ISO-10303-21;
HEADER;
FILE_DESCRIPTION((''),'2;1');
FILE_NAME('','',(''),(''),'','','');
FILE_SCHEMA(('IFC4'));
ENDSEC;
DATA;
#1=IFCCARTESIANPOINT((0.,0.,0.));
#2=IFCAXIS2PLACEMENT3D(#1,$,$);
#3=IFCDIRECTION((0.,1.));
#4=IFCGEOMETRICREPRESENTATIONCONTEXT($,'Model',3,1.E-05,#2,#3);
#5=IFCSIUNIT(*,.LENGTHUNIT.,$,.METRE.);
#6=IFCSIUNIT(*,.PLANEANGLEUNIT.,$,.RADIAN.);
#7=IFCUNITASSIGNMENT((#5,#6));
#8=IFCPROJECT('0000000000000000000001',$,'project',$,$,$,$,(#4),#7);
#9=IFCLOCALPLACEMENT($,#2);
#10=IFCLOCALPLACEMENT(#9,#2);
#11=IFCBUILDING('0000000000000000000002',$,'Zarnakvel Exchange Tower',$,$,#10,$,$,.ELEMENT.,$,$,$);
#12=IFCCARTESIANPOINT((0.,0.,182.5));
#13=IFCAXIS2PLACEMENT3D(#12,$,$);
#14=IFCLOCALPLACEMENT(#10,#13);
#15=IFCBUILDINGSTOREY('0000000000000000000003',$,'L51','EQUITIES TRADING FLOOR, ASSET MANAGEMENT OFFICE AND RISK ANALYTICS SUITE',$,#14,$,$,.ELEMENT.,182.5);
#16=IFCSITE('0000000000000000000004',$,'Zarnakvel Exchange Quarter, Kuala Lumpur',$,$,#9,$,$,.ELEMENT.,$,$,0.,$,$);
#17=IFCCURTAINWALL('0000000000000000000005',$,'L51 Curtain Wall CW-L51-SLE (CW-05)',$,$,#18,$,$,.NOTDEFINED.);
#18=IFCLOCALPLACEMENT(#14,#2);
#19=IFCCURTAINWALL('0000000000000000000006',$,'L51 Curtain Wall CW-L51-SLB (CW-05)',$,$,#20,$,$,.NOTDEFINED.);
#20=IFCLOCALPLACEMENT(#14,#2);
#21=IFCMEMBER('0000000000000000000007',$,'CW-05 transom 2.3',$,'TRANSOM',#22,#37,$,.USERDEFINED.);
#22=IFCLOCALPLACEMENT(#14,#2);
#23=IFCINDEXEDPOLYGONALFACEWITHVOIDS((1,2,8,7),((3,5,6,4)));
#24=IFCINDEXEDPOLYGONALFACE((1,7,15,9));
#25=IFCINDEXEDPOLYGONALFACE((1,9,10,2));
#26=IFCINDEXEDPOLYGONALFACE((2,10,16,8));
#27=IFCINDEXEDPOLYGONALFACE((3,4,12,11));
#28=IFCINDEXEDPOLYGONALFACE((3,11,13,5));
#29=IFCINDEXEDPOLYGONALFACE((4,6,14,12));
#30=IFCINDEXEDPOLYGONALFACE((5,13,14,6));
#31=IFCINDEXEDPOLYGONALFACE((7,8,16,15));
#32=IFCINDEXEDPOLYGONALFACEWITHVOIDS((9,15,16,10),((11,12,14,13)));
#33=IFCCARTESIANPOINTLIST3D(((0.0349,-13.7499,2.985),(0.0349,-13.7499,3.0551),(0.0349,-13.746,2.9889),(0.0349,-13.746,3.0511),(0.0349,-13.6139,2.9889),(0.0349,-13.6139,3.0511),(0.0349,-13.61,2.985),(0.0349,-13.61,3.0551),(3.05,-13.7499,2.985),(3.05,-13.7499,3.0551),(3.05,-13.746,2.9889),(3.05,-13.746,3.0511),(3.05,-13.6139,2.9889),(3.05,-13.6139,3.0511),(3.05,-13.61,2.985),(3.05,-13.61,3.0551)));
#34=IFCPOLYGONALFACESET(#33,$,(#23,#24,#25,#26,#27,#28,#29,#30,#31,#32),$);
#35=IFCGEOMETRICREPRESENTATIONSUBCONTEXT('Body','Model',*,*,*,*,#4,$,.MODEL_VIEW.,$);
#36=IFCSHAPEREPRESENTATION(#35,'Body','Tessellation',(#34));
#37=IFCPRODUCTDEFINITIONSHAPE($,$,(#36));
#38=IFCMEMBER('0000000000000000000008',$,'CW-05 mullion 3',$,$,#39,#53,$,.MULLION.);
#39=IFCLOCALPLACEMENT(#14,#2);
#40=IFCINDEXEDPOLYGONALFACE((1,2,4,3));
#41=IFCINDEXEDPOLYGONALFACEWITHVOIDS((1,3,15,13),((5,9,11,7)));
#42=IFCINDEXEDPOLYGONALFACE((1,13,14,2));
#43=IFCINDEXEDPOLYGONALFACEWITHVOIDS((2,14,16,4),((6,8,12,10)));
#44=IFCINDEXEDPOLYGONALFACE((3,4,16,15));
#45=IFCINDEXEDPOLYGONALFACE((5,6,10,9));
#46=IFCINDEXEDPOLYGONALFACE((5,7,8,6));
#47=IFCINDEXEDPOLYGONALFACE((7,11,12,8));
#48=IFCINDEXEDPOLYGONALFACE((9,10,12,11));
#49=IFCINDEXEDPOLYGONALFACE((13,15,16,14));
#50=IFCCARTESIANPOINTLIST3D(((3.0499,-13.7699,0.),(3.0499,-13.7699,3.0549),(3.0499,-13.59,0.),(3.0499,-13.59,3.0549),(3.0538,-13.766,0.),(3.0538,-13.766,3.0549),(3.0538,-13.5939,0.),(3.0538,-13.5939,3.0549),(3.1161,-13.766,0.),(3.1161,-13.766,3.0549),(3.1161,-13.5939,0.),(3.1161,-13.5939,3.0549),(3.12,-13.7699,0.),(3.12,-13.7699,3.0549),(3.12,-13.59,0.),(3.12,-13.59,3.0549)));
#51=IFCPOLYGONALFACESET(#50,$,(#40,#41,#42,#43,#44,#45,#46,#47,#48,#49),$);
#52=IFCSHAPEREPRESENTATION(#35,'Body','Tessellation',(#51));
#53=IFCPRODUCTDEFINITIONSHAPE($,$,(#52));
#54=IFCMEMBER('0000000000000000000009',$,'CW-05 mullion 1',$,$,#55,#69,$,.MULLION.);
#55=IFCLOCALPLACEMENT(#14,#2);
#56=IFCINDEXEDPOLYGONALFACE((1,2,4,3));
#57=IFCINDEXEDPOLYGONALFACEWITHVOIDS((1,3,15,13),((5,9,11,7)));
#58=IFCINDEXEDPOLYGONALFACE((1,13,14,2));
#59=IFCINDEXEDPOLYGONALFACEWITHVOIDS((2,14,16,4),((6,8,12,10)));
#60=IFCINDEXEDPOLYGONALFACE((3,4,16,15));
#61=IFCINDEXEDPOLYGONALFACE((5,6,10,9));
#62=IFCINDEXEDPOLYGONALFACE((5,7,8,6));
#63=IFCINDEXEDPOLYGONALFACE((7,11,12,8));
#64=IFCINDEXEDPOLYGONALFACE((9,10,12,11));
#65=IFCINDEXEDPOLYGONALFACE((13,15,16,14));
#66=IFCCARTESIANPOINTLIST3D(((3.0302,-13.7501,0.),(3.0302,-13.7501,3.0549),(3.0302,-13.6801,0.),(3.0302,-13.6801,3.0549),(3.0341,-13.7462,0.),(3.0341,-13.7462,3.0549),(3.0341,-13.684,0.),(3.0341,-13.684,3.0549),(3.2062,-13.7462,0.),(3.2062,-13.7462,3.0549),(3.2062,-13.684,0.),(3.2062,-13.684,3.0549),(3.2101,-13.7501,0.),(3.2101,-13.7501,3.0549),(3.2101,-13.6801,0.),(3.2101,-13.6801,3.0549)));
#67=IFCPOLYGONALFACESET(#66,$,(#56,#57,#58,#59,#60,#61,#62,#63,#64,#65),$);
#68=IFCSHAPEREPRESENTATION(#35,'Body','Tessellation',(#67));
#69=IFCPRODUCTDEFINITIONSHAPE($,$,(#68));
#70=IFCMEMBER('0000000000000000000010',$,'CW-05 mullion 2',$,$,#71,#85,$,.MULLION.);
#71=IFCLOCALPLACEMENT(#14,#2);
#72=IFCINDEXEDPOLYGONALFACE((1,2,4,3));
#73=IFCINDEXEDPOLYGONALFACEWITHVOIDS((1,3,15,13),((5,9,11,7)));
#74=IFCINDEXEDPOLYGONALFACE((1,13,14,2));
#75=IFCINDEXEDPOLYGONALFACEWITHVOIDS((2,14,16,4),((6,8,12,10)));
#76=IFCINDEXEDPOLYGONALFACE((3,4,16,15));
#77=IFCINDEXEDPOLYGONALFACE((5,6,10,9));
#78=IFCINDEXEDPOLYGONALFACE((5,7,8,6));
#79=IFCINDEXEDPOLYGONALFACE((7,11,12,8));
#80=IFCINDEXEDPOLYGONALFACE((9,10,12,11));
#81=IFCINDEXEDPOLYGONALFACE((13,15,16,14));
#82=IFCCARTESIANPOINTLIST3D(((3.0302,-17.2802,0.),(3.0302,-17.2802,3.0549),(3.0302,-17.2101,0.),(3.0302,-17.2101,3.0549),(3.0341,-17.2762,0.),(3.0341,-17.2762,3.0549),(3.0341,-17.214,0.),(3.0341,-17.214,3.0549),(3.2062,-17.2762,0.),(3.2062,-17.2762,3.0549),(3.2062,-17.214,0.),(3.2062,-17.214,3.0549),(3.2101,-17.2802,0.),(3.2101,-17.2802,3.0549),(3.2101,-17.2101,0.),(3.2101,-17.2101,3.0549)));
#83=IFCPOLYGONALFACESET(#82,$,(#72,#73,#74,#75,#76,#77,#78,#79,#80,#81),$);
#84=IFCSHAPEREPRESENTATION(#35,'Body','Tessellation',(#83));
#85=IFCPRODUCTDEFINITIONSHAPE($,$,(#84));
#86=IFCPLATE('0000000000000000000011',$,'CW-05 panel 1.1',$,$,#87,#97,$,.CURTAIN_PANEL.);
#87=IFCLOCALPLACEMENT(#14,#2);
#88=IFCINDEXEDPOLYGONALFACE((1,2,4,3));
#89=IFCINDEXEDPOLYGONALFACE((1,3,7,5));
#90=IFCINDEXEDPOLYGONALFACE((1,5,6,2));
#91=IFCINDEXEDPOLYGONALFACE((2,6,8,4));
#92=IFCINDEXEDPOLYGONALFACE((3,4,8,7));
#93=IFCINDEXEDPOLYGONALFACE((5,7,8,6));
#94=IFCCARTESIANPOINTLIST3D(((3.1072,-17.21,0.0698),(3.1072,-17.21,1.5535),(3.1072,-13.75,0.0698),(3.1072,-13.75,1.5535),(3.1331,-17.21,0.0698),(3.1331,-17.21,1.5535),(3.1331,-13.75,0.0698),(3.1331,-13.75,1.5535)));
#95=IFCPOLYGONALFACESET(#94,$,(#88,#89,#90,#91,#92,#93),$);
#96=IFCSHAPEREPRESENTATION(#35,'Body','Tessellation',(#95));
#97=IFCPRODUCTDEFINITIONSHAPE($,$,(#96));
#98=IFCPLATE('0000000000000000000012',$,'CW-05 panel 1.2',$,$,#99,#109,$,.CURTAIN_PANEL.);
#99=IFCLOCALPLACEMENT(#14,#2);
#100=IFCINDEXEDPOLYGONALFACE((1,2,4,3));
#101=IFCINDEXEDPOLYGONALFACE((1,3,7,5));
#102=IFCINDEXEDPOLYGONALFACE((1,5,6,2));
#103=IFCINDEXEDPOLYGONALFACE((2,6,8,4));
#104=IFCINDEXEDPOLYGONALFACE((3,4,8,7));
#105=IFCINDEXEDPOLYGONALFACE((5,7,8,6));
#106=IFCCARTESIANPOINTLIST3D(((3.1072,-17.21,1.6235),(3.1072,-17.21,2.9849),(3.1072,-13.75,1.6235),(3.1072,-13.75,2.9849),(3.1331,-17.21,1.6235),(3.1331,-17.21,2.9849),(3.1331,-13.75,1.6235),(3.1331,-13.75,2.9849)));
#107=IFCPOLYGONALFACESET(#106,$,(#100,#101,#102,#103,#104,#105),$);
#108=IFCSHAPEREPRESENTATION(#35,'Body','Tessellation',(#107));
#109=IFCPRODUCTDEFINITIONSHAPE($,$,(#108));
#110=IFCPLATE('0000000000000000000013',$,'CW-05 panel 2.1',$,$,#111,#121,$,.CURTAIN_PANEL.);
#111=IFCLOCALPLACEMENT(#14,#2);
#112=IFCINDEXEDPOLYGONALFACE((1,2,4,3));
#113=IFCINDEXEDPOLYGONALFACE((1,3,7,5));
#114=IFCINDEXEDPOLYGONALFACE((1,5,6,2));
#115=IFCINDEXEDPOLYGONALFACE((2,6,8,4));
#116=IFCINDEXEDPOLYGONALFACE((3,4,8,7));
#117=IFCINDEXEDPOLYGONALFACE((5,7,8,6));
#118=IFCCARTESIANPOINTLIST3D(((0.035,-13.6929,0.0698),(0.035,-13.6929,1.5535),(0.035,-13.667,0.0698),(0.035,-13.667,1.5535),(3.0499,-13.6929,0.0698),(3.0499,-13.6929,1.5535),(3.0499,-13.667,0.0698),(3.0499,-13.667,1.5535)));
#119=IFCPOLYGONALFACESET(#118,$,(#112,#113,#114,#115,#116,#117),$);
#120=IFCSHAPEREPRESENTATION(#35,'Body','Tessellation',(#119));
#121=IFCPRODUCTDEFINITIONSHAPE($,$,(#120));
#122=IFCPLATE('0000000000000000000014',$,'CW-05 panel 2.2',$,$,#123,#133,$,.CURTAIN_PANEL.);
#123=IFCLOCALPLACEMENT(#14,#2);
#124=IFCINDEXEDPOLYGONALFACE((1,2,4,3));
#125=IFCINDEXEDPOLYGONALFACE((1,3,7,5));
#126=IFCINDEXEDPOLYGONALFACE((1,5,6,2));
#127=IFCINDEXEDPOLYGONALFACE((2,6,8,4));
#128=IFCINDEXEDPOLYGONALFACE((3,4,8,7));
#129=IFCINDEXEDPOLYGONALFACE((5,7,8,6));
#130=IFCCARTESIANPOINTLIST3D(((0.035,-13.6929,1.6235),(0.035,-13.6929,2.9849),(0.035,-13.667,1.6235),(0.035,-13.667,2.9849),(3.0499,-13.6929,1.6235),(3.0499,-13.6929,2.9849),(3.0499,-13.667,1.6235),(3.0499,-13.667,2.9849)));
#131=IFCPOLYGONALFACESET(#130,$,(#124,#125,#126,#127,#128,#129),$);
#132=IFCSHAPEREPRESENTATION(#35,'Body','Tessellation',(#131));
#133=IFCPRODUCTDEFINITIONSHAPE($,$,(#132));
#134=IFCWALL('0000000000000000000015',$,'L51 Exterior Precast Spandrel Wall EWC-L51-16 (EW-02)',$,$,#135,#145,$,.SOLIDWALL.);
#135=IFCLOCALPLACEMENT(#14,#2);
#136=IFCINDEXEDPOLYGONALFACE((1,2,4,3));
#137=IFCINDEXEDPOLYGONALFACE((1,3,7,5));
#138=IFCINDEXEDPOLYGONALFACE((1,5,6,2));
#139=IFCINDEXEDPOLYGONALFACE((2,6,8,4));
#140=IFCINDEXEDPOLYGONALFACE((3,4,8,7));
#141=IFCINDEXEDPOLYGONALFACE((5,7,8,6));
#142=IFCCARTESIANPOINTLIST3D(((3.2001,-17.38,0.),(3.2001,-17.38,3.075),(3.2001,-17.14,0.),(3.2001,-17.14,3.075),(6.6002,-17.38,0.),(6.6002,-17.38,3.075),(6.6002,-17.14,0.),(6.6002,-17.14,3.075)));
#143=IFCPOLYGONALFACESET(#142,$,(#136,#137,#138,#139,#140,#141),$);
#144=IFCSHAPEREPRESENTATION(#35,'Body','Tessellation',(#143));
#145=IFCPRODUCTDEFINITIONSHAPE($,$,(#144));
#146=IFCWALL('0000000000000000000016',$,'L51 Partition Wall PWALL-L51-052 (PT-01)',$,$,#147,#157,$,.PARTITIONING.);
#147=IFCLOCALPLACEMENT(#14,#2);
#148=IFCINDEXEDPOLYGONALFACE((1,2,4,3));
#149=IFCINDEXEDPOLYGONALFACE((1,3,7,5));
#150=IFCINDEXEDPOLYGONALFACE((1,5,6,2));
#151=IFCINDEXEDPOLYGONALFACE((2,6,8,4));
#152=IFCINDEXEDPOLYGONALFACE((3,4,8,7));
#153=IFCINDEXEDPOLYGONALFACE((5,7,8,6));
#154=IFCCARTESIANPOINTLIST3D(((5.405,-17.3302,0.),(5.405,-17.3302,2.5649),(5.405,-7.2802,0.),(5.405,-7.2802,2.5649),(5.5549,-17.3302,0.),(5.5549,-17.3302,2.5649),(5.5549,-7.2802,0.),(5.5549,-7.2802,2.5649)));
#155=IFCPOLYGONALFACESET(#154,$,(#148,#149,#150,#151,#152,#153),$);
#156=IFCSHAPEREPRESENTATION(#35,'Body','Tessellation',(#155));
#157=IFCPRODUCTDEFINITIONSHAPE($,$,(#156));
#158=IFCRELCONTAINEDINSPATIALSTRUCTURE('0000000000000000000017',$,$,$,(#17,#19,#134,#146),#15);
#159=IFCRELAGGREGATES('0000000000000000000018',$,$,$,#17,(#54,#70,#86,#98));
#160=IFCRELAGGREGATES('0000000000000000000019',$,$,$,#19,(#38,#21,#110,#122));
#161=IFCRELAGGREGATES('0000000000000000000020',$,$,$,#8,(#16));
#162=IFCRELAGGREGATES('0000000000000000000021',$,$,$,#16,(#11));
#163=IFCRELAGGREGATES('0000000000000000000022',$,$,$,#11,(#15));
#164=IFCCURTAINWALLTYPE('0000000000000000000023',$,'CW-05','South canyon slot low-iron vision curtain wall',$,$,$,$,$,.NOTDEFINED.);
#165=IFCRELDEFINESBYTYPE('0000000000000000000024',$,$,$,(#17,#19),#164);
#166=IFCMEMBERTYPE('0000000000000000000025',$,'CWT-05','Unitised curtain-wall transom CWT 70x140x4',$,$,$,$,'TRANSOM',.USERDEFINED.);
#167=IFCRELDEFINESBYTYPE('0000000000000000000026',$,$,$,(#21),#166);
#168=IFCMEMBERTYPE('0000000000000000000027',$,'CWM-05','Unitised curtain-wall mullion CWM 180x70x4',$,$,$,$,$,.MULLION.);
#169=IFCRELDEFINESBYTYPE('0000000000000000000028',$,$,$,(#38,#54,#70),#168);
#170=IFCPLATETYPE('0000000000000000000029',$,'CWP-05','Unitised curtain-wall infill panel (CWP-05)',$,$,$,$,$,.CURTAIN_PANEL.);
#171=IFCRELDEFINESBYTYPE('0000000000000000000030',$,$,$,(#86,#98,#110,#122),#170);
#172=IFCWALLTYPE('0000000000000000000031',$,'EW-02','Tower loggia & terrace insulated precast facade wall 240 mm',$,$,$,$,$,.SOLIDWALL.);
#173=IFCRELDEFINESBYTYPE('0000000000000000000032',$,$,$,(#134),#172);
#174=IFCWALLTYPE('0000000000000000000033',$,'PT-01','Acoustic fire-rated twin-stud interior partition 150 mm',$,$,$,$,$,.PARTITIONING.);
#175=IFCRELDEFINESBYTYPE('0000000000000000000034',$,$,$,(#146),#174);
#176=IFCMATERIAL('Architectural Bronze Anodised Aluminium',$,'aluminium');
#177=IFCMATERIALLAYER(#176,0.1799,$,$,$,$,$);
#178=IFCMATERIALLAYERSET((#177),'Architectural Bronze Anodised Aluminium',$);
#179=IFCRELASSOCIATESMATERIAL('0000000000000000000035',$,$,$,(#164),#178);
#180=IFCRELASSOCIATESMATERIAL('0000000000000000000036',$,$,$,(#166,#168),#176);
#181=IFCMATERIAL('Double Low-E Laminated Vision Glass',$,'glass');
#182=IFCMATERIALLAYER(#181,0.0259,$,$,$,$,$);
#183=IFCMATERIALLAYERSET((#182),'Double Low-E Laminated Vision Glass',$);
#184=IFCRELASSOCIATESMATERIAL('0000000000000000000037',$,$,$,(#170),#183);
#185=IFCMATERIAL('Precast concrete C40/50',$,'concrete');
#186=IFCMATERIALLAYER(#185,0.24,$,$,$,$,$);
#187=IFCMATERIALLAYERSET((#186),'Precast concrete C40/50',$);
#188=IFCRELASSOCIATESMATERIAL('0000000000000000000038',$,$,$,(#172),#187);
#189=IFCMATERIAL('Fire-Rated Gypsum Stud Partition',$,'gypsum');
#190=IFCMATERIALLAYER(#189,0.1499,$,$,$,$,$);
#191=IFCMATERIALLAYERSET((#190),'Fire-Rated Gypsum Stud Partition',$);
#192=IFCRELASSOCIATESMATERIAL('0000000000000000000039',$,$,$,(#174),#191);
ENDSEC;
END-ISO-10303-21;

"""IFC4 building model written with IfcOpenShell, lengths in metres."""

from ifc_helpers import new_model, si_unit, direction, frame, frame_2d, origin, origin_2d, place, context, subcontext, project, spatial, rectangle, hollow_rectangle, extrude, source, transform, mapped, material, layer, layer_set, material_profile, profile_set, type_object, element, aggregate, save


model = new_model("IFC4")

# Units and contexts
model_context = context("Model", 3, precision=1e-05, world=origin(), true_north=direction((0.0, 1.0)))
body_context = subcontext(model_context, "Body", "Model", "MODEL_VIEW")
ifc_project = project(units=[si_unit("LENGTHUNIT", "METRE"), si_unit("PLANEANGLEUNIT", "RADIAN")], contexts=[model_context])

# Site, building, storey
site_placement = place(None, origin())
site = spatial("IfcSite", under=ifc_project, at=site_placement, Name="Zarnakvel Exchange Quarter, Kuala Lumpur", CompositionType="ELEMENT", RefElevation=0.0)
building_placement = place(site_placement, origin())
building = spatial("IfcBuilding", under=site, at=building_placement, Name="Zarnakvel Exchange Tower", CompositionType="ELEMENT")
storey_placement = place(building_placement, frame((0.0, 0.0, 182.5)))
storey = spatial("IfcBuildingStorey", under=building, at=storey_placement, Name="L51", Description="EQUITIES TRADING FLOOR, ASSET MANAGEMENT OFFICE AND RISK ANALYTICS SUITE", CompositionType="ELEMENT", Elevation=182.5)

# Curtain walls, members
ifc_material_1 = material(Name="Architectural Bronze Anodised Aluminium", Category="aluminium")
ifc_layer_1 = layer(ifc_material_1, 0.1799)
ifc_layer_set_1 = layer_set([ifc_layer_1], Name="Architectural Bronze Anodised Aluminium")
curtain_wall_type = type_object("IfcCurtainWallType", Name="CW-05", Description="South canyon slot low-iron vision curtain wall", PredefinedType="NOTDEFINED", material=ifc_layer_set_1)
curtain_wall_1_placement = place(storey_placement, origin())
curtain_wall_1 = element("IfcCurtainWall", 1, at=curtain_wall_1_placement, inside=storey, type_object=curtain_wall_type, Name="L51 Curtain Wall CW-L51-SLE (CW-05)", PredefinedType="NOTDEFINED")
ifc_material_profile_1 = material_profile(ifc_material_1, hollow_rectangle(XDim=0.1399, YDim=0.0701, WallThickness=0.0039, at=origin_2d()))
ifc_profile_set_1 = profile_set([ifc_material_profile_1], Name="Architectural Bronze Anodised Aluminium")
member_type_1 = type_object("IfcMemberType", Name="CWT-05", Description="Unitised curtain-wall transom CWT 70x140x4", ElementType="TRANSOM", PredefinedType="USERDEFINED", material=ifc_profile_set_1)
curtain_wall_2_placement = place(storey_placement, origin())
curtain_wall_2 = element("IfcCurtainWall", 2, at=curtain_wall_2_placement, inside=storey, type_object=curtain_wall_type, Name="L51 Curtain Wall CW-L51-SLB (CW-05)", PredefinedType="NOTDEFINED")
shared_shape_1 = source(origin(), body_context, "Body", "SweptSolid", [
    extrude(hollow_rectangle(XDim=0.1399, YDim=0.0701, WallThickness=0.0039, at=origin_2d()), origin(), (0.0, 0.0, 1.0), 3.0151),
])
member_1_placement = place(storey_placement, frame((0.0349, -13.6799, 3.02), z_axis=(1.0, 0.0, 0.0), x_axis=(0.0, 1.0, 0.0)))
member_1 = element("IfcMember", 3, at=member_1_placement, type_object=member_type_1, Name="CW-05 transom 2.3", ObjectType="TRANSOM", PredefinedType="USERDEFINED", context=body_context, shape_type="MappedRepresentation", body=[
    mapped(shared_shape_1, transform((0.0, 0.0, 0.0), x_axis=(1.0, 0.0, 0.0), y_axis=(0.0, 1.0, 0.0), z_axis=(0.0, 0.0, 1.0), scale=1.0)),
])
ifc_material_profile_2 = material_profile(ifc_material_1, hollow_rectangle(XDim=0.1799, YDim=0.0701, WallThickness=0.0039, at=origin_2d()))
ifc_profile_set_2 = profile_set([ifc_material_profile_2], Name="Architectural Bronze Anodised Aluminium")
member_type_2 = type_object("IfcMemberType", Name="CWM-05", Description="Unitised curtain-wall mullion CWM 180x70x4", PredefinedType="MULLION", material=ifc_profile_set_2)
shared_shape_2 = source(origin(), body_context, "Body", "SweptSolid", [
    extrude(hollow_rectangle(XDim=0.1799, YDim=0.0701, WallThickness=0.0039, at=origin_2d()), origin(), (0.0, 0.0, 1.0), 3.0549),
])
member_2_placement = place(storey_placement, frame((3.085, -13.6799, 0.0), z_axis=(0.0, 0.0, 1.0), x_axis=(0.0, 1.0, 0.0)))
member_2 = element("IfcMember", 4, at=member_2_placement, type_object=member_type_2, Name="CW-05 mullion 3", PredefinedType="MULLION", context=body_context, shape_type="MappedRepresentation", body=[
    mapped(shared_shape_2, transform((0.0, 0.0, 0.0), x_axis=(1.0, 0.0, 0.0), y_axis=(0.0, 1.0, 0.0), z_axis=(0.0, 0.0, 1.0), scale=1.0)),
])

# Members
member_3_placement = place(storey_placement, frame((3.1201, -13.7151, 0.0), z_axis=(0.0, 0.0, 1.0), x_axis=(1.0, 0.0, 0.0)))
member_3 = element("IfcMember", 5, at=member_3_placement, type_object=member_type_2, Name="CW-05 mullion 1", PredefinedType="MULLION", context=body_context, shape_type="MappedRepresentation", body=[
    mapped(shared_shape_2, transform((0.0, 0.0, 0.0), x_axis=(1.0, 0.0, 0.0), y_axis=(0.0, 1.0, 0.0), z_axis=(0.0, 0.0, 1.0), scale=1.0)),
])
member_4_placement = place(storey_placement, frame((3.1201, -17.2451, 0.0), z_axis=(0.0, 0.0, 1.0), x_axis=(1.0, 0.0, 0.0)))
member_4 = element("IfcMember", 6, at=member_4_placement, type_object=member_type_2, Name="CW-05 mullion 2", PredefinedType="MULLION", context=body_context, shape_type="MappedRepresentation", body=[
    mapped(shared_shape_2, transform((0.0, 0.0, 0.0), x_axis=(1.0, 0.0, 0.0), y_axis=(0.0, 1.0, 0.0), z_axis=(0.0, 0.0, 1.0), scale=1.0)),
])

# Plates
ifc_material_2 = material(Name="Double Low-E Laminated Vision Glass", Category="glass")
ifc_layer_2 = layer(ifc_material_2, 0.0259)
ifc_layer_set_2 = layer_set([ifc_layer_2], Name="Double Low-E Laminated Vision Glass")
plate_type = type_object("IfcPlateType", Name="CWP-05", Description="Unitised curtain-wall infill panel (CWP-05)", PredefinedType="CURTAIN_PANEL", material=ifc_layer_set_2)
shared_shape_3 = source(origin(), body_context, "Body", "SweptSolid", [
    extrude(rectangle(XDim=3.46, YDim=0.0259, at=origin_2d()), origin(), (0.0, 0.0, 1.0), 1.4836),
])
plate_1_placement = place(storey_placement, frame((3.1201, -15.48, 0.0698), z_axis=(0.0, 0.0, 1.0), x_axis=(0.0, -1.0, 0.0)))
plate_1 = element("IfcPlate", 7, at=plate_1_placement, type_object=plate_type, Name="CW-05 panel 1.1", PredefinedType="CURTAIN_PANEL", context=body_context, shape_type="MappedRepresentation", body=[
    mapped(shared_shape_3, transform((0.0, 0.0, 0.0), x_axis=(1.0, 0.0, 0.0), y_axis=(0.0, 1.0, 0.0), z_axis=(0.0, 0.0, 1.0), scale=1.0)),
])
shared_shape_4 = source(origin(), body_context, "Body", "SweptSolid", [
    extrude(rectangle(XDim=3.46, YDim=0.0259, at=origin_2d()), origin(), (0.0, 0.0, 1.0), 1.3613),
])
plate_2_placement = place(storey_placement, frame((3.1201, -15.48, 1.6235), z_axis=(0.0, 0.0, 1.0), x_axis=(0.0, -1.0, 0.0)))
plate_2 = element("IfcPlate", 8, at=plate_2_placement, type_object=plate_type, Name="CW-05 panel 1.2", PredefinedType="CURTAIN_PANEL", context=body_context, shape_type="MappedRepresentation", body=[
    mapped(shared_shape_4, transform((0.0, 0.0, 0.0), x_axis=(1.0, 0.0, 0.0), y_axis=(0.0, 1.0, 0.0), z_axis=(0.0, 0.0, 1.0), scale=1.0)),
])
aggregate(curtain_wall_1, [member_3, member_4, plate_1, plate_2])
shared_shape_5 = source(origin(), body_context, "Body", "SweptSolid", [
    extrude(rectangle(XDim=3.0149, YDim=0.0259, at=origin_2d()), origin(), (0.0, 0.0, 1.0), 1.4836),
])
plate_3_placement = place(storey_placement, frame((1.5425, -13.6799, 0.0698), z_axis=(0.0, 0.0, 1.0), x_axis=(1.0, 0.0, 0.0)))
plate_3 = element("IfcPlate", 9, at=plate_3_placement, type_object=plate_type, Name="CW-05 panel 2.1", PredefinedType="CURTAIN_PANEL", context=body_context, shape_type="MappedRepresentation", body=[
    mapped(shared_shape_5, transform((0.0, 0.0, 0.0), x_axis=(1.0, 0.0, 0.0), y_axis=(0.0, 1.0, 0.0), z_axis=(0.0, 0.0, 1.0), scale=1.0)),
])
shared_shape_6 = source(origin(), body_context, "Body", "SweptSolid", [
    extrude(rectangle(XDim=3.0149, YDim=0.0259, at=origin_2d()), origin(), (0.0, 0.0, 1.0), 1.3613),
])
plate_4_placement = place(storey_placement, frame((1.5425, -13.6799, 1.6235), z_axis=(0.0, 0.0, 1.0), x_axis=(1.0, 0.0, 0.0)))
plate_4 = element("IfcPlate", 10, at=plate_4_placement, type_object=plate_type, Name="CW-05 panel 2.2", PredefinedType="CURTAIN_PANEL", context=body_context, shape_type="MappedRepresentation", body=[
    mapped(shared_shape_6, transform((0.0, 0.0, 0.0), x_axis=(1.0, 0.0, 0.0), y_axis=(0.0, 1.0, 0.0), z_axis=(0.0, 0.0, 1.0), scale=1.0)),
])
aggregate(curtain_wall_2, [member_2, member_1, plate_3, plate_4])

# Walls
ifc_material_3 = material(Name="Precast concrete C40/50", Category="concrete")
ifc_layer_3 = layer(ifc_material_3, 0.24)
ifc_layer_set_3 = layer_set([ifc_layer_3], Name="Precast concrete C40/50")
wall_type_1 = type_object("IfcWallType", Name="EW-02", Description="Tower loggia & terrace insulated precast facade wall 240 mm", PredefinedType="SOLIDWALL", material=ifc_layer_set_3)
wall_1_placement = place(storey_placement, frame((3.2, -17.26, 0.0), z_axis=(0.0, 0.0, 1.0), x_axis=(1.0, 0.0, 0.0)))
element("IfcWall", 11, at=wall_1_placement, inside=storey, type_object=wall_type_1, Name="L51 Exterior Precast Spandrel Wall EWC-L51-16 (EW-02)", PredefinedType="SOLIDWALL", context=body_context, shape_type="SweptSolid", body=[
    extrude(rectangle(XDim=3.4001, YDim=0.24, at=frame_2d((1.7002, 0.0))), origin(), (0.0, 0.0, 1.0), 3.075),
])
ifc_material_4 = material(Name="Fire-Rated Gypsum Stud Partition", Category="gypsum")
ifc_layer_4 = layer(ifc_material_4, 0.1499)
ifc_layer_set_4 = layer_set([ifc_layer_4], Name="Fire-Rated Gypsum Stud Partition")
wall_type_2 = type_object("IfcWallType", Name="PT-01", Description="Acoustic fire-rated twin-stud interior partition 150 mm", PredefinedType="PARTITIONING", material=ifc_layer_set_4)
wall_2_placement = place(storey_placement, frame((5.48, -17.3301, 0.0), z_axis=(0.0, 0.0, 1.0), x_axis=(0.0, 1.0, 0.0)))
element("IfcWall", 12, at=wall_2_placement, inside=storey, type_object=wall_type_2, Name="L51 Partition Wall PWALL-L51-052 (PT-01)", PredefinedType="PARTITIONING", context=body_context, shape_type="SweptSolid", body=[
    extrude(rectangle(XDim=10.05, YDim=0.1499, at=frame_2d((5.0249, 0.0))), origin(), (0.0, 0.0, 1.0), 2.5649),
])

save(model, "model.ifc")
